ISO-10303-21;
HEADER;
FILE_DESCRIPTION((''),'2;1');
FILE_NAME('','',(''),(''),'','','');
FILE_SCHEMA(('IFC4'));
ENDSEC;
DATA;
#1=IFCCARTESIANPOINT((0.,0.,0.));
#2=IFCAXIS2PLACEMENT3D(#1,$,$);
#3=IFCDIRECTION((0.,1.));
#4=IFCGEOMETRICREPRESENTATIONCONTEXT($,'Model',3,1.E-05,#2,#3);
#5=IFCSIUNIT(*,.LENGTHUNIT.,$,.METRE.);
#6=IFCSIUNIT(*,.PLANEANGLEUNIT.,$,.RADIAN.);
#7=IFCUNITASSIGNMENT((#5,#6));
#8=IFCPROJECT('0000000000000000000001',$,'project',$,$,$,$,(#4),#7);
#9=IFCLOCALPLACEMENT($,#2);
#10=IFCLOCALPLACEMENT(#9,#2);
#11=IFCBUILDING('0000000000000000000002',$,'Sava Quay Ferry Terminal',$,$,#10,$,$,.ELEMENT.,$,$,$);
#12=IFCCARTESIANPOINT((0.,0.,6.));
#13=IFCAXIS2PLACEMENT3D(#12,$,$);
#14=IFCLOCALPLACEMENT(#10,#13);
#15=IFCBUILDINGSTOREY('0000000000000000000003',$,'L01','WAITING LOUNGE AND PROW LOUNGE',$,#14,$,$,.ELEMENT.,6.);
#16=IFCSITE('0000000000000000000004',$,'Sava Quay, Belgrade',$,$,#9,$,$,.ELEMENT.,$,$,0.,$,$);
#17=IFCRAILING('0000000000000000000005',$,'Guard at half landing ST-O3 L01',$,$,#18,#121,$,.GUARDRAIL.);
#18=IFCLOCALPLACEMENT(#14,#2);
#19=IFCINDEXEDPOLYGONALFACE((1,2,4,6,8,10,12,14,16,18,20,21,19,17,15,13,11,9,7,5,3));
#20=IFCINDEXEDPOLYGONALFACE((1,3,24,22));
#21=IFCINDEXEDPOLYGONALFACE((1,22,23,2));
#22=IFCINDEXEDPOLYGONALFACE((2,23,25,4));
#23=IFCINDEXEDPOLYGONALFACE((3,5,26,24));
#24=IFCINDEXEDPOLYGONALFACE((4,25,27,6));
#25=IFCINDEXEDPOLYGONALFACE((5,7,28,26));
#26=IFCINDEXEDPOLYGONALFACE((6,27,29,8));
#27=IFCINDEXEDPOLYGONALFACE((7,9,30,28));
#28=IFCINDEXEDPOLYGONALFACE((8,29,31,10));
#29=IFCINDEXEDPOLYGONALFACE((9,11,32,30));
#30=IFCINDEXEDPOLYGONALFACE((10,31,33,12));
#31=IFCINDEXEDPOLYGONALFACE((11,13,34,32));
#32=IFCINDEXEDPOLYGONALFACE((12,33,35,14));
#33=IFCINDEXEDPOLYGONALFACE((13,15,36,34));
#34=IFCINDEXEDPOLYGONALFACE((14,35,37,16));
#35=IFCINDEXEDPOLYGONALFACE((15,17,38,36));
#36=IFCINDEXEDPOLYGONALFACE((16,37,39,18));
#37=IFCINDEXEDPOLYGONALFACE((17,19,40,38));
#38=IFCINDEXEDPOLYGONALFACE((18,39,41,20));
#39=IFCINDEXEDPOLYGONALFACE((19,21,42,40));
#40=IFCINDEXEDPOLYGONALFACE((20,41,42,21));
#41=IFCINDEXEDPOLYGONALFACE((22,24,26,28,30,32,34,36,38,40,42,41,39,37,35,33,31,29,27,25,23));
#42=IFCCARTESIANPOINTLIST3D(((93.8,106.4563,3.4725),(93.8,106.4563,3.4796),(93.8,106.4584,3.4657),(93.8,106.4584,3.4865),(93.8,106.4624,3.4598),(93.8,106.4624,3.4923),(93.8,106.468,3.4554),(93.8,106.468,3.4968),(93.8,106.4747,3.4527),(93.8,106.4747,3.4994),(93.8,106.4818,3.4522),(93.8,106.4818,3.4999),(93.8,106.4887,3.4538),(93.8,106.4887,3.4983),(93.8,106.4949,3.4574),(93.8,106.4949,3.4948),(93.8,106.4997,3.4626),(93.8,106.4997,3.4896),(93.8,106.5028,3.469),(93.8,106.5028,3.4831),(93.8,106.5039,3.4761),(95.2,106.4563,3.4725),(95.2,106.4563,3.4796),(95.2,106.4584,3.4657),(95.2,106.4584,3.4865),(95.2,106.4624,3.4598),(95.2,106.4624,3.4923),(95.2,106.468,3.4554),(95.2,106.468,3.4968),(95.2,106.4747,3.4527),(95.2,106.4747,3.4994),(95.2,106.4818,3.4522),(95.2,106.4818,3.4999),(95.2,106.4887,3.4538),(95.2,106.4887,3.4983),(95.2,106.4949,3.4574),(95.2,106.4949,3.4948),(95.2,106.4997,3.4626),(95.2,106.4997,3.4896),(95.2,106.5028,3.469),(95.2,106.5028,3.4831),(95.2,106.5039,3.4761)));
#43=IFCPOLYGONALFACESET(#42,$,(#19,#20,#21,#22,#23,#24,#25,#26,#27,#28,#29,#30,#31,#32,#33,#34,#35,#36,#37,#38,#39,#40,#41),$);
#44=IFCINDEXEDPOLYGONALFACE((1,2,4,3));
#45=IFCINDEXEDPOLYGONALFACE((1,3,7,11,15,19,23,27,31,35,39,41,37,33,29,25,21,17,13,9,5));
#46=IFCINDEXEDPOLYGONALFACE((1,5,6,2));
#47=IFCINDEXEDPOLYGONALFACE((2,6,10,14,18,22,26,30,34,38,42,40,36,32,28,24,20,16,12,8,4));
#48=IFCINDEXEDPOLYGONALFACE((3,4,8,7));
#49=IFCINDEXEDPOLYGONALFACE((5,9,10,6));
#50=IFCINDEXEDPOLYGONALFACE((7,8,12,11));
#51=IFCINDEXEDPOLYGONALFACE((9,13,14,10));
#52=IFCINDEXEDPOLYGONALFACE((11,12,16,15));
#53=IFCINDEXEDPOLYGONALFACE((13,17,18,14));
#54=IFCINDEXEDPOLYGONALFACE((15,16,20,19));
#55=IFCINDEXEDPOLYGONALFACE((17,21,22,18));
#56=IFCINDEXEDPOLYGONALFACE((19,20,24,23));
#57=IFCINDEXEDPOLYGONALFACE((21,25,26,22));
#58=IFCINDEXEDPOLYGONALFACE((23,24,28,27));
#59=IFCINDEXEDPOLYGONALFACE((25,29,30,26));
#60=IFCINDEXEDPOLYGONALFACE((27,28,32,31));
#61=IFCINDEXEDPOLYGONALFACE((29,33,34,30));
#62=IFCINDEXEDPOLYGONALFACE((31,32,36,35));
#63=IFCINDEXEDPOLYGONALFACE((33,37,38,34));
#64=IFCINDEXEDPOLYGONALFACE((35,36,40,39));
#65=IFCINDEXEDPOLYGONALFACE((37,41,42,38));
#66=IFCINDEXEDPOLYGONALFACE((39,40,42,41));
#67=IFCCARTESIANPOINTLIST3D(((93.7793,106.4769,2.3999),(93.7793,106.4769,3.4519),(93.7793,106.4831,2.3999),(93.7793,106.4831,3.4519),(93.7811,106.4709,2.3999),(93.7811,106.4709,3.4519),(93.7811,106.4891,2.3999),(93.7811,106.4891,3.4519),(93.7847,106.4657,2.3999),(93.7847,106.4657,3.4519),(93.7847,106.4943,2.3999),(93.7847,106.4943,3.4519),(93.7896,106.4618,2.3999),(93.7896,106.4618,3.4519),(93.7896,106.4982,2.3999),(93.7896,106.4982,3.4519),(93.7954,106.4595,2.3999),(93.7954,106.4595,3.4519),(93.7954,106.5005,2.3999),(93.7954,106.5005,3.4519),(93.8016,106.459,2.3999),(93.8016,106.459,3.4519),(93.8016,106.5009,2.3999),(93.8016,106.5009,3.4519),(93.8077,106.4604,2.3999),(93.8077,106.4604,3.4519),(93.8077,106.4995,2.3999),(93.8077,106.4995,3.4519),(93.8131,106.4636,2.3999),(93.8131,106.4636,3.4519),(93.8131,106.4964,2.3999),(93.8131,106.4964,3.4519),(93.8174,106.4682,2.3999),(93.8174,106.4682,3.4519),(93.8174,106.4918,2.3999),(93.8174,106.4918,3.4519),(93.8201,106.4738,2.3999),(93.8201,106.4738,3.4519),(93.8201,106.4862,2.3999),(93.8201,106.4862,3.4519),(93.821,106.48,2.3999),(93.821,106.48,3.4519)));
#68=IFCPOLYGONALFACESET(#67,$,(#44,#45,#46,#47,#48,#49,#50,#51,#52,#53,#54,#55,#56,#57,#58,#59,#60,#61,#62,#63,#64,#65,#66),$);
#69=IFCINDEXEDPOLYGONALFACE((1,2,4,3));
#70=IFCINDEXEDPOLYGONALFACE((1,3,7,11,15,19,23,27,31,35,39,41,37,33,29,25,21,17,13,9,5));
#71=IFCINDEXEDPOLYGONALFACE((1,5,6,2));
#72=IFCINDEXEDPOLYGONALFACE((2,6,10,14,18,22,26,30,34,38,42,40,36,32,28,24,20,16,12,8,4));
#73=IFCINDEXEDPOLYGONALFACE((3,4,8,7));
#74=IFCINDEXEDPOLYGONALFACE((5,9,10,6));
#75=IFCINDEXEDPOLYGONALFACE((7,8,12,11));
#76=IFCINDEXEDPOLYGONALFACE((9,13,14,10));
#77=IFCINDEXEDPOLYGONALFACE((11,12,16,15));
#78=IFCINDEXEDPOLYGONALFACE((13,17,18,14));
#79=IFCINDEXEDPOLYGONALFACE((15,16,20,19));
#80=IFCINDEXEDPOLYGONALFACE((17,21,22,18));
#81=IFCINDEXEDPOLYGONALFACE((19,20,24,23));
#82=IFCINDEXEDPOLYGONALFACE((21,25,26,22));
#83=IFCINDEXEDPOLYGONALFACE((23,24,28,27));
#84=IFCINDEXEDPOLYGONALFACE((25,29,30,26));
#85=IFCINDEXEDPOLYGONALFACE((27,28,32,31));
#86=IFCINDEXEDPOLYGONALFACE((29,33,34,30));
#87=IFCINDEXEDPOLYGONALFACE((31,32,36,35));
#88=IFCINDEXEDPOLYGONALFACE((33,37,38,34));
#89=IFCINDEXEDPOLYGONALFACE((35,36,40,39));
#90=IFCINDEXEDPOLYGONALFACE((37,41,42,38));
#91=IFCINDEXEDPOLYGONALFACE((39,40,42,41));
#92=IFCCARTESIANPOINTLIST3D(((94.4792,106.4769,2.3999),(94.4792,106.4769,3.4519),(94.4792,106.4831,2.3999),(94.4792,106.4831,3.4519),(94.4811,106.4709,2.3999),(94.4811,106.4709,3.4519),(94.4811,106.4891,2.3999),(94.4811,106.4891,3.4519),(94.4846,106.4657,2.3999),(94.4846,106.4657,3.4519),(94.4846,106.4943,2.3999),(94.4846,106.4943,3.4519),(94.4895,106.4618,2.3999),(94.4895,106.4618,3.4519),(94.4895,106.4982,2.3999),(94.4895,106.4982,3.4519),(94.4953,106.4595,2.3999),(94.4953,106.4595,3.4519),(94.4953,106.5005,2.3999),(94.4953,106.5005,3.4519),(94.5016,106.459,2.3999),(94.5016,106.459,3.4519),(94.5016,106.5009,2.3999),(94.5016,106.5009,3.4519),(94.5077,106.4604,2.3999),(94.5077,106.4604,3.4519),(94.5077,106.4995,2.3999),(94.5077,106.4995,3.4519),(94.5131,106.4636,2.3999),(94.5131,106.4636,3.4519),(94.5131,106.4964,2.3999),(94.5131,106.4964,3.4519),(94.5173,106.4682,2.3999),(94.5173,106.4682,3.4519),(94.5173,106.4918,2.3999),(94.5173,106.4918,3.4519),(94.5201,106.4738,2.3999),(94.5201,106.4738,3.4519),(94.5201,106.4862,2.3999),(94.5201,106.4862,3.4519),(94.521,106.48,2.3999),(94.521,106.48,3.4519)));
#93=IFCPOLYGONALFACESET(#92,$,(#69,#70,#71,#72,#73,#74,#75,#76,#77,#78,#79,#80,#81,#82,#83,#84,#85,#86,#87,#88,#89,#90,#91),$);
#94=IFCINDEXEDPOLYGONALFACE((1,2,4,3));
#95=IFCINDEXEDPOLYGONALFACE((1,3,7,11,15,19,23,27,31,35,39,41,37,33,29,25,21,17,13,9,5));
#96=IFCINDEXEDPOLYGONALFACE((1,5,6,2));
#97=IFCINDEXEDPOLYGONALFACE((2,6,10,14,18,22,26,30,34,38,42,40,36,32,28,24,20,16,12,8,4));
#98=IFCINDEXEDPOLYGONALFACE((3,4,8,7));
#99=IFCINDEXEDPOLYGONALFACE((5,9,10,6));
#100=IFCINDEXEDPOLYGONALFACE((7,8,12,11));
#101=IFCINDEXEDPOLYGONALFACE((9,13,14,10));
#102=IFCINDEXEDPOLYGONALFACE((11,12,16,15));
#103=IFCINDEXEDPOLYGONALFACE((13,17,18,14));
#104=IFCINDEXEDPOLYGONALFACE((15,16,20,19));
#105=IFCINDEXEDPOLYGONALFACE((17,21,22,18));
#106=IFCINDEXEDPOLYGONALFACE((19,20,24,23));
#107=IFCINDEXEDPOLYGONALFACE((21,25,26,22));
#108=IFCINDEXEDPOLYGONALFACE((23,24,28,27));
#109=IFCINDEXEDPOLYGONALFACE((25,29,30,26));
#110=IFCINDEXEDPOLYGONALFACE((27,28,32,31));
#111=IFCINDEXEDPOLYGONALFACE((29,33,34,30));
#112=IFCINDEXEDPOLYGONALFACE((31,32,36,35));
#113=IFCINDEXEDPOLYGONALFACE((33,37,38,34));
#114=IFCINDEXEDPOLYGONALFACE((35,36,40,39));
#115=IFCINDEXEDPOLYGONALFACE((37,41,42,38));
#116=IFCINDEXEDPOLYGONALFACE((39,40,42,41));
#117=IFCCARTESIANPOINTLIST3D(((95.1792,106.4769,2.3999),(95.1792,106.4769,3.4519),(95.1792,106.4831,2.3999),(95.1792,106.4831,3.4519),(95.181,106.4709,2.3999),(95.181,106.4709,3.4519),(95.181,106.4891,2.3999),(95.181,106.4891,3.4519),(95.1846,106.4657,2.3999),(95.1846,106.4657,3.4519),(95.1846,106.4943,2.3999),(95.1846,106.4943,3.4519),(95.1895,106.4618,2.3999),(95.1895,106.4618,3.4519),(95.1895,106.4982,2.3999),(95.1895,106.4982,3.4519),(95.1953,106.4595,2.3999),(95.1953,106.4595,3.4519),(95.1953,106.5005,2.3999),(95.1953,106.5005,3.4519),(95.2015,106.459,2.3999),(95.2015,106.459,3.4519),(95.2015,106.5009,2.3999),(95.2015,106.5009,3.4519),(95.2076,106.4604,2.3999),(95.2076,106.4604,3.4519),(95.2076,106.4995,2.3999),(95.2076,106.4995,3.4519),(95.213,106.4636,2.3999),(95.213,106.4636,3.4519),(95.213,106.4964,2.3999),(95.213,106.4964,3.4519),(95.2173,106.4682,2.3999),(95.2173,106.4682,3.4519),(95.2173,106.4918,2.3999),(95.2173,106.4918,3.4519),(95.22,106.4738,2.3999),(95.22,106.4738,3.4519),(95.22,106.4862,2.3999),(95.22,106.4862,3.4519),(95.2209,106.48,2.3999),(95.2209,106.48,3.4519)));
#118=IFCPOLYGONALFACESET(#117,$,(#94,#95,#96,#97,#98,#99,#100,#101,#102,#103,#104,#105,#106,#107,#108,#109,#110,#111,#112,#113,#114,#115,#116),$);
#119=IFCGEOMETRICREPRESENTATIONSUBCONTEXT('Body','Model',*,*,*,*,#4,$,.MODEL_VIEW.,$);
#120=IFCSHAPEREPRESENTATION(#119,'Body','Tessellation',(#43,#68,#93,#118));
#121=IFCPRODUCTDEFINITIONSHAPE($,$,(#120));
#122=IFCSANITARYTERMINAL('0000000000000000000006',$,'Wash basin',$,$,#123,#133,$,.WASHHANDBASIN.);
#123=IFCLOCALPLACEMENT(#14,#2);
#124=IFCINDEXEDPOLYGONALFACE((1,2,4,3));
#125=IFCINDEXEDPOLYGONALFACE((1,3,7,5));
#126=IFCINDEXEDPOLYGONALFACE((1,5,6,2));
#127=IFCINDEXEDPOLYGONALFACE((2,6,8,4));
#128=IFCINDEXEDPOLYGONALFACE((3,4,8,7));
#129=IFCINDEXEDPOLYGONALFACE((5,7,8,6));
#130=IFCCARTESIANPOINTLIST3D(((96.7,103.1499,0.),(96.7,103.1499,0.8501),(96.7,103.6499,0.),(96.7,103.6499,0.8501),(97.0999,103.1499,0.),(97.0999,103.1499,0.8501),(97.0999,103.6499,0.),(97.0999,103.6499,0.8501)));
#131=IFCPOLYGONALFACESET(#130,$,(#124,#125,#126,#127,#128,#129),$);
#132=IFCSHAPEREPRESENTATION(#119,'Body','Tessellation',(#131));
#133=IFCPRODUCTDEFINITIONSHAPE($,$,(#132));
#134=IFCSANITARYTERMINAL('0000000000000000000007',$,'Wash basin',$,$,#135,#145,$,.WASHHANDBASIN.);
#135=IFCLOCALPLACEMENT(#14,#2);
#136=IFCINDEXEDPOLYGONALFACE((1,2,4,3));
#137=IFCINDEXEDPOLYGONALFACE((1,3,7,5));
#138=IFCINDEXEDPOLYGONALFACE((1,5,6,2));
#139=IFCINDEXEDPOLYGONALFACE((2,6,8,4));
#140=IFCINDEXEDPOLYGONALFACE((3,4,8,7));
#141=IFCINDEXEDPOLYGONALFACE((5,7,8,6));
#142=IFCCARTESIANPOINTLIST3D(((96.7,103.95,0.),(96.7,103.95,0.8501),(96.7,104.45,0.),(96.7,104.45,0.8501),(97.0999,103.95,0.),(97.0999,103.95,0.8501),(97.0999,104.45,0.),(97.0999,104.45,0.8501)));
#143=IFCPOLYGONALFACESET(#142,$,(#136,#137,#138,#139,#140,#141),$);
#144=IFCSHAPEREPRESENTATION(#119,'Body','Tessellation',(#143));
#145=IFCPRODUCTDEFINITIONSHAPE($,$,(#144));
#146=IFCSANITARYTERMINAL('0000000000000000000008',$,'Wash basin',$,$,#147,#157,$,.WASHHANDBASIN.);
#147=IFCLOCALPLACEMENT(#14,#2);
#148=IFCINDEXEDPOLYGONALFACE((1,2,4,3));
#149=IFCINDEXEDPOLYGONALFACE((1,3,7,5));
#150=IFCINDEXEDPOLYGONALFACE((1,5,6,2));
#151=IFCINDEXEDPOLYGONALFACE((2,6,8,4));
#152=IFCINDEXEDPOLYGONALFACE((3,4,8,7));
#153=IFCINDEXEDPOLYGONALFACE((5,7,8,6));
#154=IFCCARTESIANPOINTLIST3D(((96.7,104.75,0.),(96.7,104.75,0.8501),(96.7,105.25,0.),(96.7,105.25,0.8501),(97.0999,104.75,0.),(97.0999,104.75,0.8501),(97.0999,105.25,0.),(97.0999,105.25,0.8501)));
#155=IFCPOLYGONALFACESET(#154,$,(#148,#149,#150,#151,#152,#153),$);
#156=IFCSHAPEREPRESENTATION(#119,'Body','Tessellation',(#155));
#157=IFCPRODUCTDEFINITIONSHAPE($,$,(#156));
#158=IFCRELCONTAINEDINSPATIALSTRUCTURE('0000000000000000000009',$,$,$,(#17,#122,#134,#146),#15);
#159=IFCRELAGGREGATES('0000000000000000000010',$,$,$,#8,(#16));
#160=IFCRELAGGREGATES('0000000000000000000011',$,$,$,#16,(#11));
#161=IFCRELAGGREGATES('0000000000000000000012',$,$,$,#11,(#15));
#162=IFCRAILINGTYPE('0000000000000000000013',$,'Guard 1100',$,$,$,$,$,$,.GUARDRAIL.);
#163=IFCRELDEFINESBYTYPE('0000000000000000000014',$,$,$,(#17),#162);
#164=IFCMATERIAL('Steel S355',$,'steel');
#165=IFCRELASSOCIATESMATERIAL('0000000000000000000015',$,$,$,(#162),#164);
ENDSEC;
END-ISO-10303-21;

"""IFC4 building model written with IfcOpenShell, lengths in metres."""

from ifc_helpers import new_model, si_unit, direction, frame, origin, origin_2d, place, context, subcontext, project, spatial, rectangle, circle, extrude, material, type_object, element, save


model = new_model("IFC4")

# Units and contexts
model_context = context("Model", 3, precision=1e-05, world=origin(), true_north=direction((0.0, 1.0)))
body_context = subcontext(model_context, "Body", "Model", "MODEL_VIEW")
ifc_project = project(units=[si_unit("LENGTHUNIT", "METRE"), si_unit("PLANEANGLEUNIT", "RADIAN")], contexts=[model_context])

# Site, building, storey
site_placement = place(None, origin())
site = spatial("IfcSite", under=ifc_project, at=site_placement, Name="Sava Quay, Belgrade", CompositionType="ELEMENT", RefElevation=0.0)
building_placement = place(site_placement, origin())
building = spatial("IfcBuilding", under=site, at=building_placement, Name="Sava Quay Ferry Terminal", CompositionType="ELEMENT")
storey_placement = place(building_placement, frame((0.0, 0.0, 6.0)))
storey = spatial("IfcBuildingStorey", under=building, at=storey_placement, Name="L01", Description="WAITING LOUNGE AND PROW LOUNGE", CompositionType="ELEMENT", Elevation=6.0)

# Railing
ifc_material_1 = material(Name="Steel S355", Category="steel")
railing_type_1 = type_object("IfcRailingType", Name="Guard 1100", PredefinedType="GUARDRAIL", material=ifc_material_1)
railing_1_placement = place(storey_placement, frame((93.8, 106.48, 2.3999)))
element("IfcRailing", 1, at=railing_1_placement, inside=storey, type_object=railing_type_1, Name="Guard at half landing ST-O3 L01", PredefinedType="GUARDRAIL", context=body_context, shape_type="SweptSolid", body=[
    extrude(circle(Radius=0.0239, at=origin_2d()), frame((0.0, 0.0, 1.0762), z_axis=(1.0, 0.0, 0.0), x_axis=(0.0, 1.0, 0.0)), (0.0, 0.0, 1.0), 1.3999),
    extrude(circle(Radius=0.021, at=origin_2d()), origin(), (0.0, 0.0, 1.0), 1.052),
    extrude(circle(Radius=0.021, at=origin_2d()), frame((0.7, 0.0, 0.0)), (0.0, 0.0, 1.0), 1.052),
    extrude(circle(Radius=0.021, at=origin_2d()), frame((1.3999, 0.0, 0.0)), (0.0, 0.0, 1.0), 1.052),
])

# Sanitary terminals
for number, where, z_axis, x_axis, name in (
    (2, (96.8999, 103.3999, 0.0), (0.0, 0.0, 1.0), (1.0, 0.0, 0.0), "Wash basin"),
    (3, (96.8999, 104.2, 0.0), (0.0, 0.0, 1.0), (1.0, 0.0, 0.0), "Wash basin"),
    (4, (96.8999, 105.0, 0.0), (0.0, 0.0, 1.0), (1.0, 0.0, 0.0), "Wash basin"),
):
    element("IfcSanitaryTerminal", number, at=place(storey_placement, frame(where, z_axis=z_axis, x_axis=x_axis)), inside=storey, Name=name, PredefinedType="WASHHANDBASIN", context=body_context, shape_type="SweptSolid", body=[
        extrude(rectangle(XDim=0.3999, YDim=0.5, at=origin_2d()), origin(), (0.0, 0.0, 1.0), 0.8501),
    ])

save(model, "model.ifc")
